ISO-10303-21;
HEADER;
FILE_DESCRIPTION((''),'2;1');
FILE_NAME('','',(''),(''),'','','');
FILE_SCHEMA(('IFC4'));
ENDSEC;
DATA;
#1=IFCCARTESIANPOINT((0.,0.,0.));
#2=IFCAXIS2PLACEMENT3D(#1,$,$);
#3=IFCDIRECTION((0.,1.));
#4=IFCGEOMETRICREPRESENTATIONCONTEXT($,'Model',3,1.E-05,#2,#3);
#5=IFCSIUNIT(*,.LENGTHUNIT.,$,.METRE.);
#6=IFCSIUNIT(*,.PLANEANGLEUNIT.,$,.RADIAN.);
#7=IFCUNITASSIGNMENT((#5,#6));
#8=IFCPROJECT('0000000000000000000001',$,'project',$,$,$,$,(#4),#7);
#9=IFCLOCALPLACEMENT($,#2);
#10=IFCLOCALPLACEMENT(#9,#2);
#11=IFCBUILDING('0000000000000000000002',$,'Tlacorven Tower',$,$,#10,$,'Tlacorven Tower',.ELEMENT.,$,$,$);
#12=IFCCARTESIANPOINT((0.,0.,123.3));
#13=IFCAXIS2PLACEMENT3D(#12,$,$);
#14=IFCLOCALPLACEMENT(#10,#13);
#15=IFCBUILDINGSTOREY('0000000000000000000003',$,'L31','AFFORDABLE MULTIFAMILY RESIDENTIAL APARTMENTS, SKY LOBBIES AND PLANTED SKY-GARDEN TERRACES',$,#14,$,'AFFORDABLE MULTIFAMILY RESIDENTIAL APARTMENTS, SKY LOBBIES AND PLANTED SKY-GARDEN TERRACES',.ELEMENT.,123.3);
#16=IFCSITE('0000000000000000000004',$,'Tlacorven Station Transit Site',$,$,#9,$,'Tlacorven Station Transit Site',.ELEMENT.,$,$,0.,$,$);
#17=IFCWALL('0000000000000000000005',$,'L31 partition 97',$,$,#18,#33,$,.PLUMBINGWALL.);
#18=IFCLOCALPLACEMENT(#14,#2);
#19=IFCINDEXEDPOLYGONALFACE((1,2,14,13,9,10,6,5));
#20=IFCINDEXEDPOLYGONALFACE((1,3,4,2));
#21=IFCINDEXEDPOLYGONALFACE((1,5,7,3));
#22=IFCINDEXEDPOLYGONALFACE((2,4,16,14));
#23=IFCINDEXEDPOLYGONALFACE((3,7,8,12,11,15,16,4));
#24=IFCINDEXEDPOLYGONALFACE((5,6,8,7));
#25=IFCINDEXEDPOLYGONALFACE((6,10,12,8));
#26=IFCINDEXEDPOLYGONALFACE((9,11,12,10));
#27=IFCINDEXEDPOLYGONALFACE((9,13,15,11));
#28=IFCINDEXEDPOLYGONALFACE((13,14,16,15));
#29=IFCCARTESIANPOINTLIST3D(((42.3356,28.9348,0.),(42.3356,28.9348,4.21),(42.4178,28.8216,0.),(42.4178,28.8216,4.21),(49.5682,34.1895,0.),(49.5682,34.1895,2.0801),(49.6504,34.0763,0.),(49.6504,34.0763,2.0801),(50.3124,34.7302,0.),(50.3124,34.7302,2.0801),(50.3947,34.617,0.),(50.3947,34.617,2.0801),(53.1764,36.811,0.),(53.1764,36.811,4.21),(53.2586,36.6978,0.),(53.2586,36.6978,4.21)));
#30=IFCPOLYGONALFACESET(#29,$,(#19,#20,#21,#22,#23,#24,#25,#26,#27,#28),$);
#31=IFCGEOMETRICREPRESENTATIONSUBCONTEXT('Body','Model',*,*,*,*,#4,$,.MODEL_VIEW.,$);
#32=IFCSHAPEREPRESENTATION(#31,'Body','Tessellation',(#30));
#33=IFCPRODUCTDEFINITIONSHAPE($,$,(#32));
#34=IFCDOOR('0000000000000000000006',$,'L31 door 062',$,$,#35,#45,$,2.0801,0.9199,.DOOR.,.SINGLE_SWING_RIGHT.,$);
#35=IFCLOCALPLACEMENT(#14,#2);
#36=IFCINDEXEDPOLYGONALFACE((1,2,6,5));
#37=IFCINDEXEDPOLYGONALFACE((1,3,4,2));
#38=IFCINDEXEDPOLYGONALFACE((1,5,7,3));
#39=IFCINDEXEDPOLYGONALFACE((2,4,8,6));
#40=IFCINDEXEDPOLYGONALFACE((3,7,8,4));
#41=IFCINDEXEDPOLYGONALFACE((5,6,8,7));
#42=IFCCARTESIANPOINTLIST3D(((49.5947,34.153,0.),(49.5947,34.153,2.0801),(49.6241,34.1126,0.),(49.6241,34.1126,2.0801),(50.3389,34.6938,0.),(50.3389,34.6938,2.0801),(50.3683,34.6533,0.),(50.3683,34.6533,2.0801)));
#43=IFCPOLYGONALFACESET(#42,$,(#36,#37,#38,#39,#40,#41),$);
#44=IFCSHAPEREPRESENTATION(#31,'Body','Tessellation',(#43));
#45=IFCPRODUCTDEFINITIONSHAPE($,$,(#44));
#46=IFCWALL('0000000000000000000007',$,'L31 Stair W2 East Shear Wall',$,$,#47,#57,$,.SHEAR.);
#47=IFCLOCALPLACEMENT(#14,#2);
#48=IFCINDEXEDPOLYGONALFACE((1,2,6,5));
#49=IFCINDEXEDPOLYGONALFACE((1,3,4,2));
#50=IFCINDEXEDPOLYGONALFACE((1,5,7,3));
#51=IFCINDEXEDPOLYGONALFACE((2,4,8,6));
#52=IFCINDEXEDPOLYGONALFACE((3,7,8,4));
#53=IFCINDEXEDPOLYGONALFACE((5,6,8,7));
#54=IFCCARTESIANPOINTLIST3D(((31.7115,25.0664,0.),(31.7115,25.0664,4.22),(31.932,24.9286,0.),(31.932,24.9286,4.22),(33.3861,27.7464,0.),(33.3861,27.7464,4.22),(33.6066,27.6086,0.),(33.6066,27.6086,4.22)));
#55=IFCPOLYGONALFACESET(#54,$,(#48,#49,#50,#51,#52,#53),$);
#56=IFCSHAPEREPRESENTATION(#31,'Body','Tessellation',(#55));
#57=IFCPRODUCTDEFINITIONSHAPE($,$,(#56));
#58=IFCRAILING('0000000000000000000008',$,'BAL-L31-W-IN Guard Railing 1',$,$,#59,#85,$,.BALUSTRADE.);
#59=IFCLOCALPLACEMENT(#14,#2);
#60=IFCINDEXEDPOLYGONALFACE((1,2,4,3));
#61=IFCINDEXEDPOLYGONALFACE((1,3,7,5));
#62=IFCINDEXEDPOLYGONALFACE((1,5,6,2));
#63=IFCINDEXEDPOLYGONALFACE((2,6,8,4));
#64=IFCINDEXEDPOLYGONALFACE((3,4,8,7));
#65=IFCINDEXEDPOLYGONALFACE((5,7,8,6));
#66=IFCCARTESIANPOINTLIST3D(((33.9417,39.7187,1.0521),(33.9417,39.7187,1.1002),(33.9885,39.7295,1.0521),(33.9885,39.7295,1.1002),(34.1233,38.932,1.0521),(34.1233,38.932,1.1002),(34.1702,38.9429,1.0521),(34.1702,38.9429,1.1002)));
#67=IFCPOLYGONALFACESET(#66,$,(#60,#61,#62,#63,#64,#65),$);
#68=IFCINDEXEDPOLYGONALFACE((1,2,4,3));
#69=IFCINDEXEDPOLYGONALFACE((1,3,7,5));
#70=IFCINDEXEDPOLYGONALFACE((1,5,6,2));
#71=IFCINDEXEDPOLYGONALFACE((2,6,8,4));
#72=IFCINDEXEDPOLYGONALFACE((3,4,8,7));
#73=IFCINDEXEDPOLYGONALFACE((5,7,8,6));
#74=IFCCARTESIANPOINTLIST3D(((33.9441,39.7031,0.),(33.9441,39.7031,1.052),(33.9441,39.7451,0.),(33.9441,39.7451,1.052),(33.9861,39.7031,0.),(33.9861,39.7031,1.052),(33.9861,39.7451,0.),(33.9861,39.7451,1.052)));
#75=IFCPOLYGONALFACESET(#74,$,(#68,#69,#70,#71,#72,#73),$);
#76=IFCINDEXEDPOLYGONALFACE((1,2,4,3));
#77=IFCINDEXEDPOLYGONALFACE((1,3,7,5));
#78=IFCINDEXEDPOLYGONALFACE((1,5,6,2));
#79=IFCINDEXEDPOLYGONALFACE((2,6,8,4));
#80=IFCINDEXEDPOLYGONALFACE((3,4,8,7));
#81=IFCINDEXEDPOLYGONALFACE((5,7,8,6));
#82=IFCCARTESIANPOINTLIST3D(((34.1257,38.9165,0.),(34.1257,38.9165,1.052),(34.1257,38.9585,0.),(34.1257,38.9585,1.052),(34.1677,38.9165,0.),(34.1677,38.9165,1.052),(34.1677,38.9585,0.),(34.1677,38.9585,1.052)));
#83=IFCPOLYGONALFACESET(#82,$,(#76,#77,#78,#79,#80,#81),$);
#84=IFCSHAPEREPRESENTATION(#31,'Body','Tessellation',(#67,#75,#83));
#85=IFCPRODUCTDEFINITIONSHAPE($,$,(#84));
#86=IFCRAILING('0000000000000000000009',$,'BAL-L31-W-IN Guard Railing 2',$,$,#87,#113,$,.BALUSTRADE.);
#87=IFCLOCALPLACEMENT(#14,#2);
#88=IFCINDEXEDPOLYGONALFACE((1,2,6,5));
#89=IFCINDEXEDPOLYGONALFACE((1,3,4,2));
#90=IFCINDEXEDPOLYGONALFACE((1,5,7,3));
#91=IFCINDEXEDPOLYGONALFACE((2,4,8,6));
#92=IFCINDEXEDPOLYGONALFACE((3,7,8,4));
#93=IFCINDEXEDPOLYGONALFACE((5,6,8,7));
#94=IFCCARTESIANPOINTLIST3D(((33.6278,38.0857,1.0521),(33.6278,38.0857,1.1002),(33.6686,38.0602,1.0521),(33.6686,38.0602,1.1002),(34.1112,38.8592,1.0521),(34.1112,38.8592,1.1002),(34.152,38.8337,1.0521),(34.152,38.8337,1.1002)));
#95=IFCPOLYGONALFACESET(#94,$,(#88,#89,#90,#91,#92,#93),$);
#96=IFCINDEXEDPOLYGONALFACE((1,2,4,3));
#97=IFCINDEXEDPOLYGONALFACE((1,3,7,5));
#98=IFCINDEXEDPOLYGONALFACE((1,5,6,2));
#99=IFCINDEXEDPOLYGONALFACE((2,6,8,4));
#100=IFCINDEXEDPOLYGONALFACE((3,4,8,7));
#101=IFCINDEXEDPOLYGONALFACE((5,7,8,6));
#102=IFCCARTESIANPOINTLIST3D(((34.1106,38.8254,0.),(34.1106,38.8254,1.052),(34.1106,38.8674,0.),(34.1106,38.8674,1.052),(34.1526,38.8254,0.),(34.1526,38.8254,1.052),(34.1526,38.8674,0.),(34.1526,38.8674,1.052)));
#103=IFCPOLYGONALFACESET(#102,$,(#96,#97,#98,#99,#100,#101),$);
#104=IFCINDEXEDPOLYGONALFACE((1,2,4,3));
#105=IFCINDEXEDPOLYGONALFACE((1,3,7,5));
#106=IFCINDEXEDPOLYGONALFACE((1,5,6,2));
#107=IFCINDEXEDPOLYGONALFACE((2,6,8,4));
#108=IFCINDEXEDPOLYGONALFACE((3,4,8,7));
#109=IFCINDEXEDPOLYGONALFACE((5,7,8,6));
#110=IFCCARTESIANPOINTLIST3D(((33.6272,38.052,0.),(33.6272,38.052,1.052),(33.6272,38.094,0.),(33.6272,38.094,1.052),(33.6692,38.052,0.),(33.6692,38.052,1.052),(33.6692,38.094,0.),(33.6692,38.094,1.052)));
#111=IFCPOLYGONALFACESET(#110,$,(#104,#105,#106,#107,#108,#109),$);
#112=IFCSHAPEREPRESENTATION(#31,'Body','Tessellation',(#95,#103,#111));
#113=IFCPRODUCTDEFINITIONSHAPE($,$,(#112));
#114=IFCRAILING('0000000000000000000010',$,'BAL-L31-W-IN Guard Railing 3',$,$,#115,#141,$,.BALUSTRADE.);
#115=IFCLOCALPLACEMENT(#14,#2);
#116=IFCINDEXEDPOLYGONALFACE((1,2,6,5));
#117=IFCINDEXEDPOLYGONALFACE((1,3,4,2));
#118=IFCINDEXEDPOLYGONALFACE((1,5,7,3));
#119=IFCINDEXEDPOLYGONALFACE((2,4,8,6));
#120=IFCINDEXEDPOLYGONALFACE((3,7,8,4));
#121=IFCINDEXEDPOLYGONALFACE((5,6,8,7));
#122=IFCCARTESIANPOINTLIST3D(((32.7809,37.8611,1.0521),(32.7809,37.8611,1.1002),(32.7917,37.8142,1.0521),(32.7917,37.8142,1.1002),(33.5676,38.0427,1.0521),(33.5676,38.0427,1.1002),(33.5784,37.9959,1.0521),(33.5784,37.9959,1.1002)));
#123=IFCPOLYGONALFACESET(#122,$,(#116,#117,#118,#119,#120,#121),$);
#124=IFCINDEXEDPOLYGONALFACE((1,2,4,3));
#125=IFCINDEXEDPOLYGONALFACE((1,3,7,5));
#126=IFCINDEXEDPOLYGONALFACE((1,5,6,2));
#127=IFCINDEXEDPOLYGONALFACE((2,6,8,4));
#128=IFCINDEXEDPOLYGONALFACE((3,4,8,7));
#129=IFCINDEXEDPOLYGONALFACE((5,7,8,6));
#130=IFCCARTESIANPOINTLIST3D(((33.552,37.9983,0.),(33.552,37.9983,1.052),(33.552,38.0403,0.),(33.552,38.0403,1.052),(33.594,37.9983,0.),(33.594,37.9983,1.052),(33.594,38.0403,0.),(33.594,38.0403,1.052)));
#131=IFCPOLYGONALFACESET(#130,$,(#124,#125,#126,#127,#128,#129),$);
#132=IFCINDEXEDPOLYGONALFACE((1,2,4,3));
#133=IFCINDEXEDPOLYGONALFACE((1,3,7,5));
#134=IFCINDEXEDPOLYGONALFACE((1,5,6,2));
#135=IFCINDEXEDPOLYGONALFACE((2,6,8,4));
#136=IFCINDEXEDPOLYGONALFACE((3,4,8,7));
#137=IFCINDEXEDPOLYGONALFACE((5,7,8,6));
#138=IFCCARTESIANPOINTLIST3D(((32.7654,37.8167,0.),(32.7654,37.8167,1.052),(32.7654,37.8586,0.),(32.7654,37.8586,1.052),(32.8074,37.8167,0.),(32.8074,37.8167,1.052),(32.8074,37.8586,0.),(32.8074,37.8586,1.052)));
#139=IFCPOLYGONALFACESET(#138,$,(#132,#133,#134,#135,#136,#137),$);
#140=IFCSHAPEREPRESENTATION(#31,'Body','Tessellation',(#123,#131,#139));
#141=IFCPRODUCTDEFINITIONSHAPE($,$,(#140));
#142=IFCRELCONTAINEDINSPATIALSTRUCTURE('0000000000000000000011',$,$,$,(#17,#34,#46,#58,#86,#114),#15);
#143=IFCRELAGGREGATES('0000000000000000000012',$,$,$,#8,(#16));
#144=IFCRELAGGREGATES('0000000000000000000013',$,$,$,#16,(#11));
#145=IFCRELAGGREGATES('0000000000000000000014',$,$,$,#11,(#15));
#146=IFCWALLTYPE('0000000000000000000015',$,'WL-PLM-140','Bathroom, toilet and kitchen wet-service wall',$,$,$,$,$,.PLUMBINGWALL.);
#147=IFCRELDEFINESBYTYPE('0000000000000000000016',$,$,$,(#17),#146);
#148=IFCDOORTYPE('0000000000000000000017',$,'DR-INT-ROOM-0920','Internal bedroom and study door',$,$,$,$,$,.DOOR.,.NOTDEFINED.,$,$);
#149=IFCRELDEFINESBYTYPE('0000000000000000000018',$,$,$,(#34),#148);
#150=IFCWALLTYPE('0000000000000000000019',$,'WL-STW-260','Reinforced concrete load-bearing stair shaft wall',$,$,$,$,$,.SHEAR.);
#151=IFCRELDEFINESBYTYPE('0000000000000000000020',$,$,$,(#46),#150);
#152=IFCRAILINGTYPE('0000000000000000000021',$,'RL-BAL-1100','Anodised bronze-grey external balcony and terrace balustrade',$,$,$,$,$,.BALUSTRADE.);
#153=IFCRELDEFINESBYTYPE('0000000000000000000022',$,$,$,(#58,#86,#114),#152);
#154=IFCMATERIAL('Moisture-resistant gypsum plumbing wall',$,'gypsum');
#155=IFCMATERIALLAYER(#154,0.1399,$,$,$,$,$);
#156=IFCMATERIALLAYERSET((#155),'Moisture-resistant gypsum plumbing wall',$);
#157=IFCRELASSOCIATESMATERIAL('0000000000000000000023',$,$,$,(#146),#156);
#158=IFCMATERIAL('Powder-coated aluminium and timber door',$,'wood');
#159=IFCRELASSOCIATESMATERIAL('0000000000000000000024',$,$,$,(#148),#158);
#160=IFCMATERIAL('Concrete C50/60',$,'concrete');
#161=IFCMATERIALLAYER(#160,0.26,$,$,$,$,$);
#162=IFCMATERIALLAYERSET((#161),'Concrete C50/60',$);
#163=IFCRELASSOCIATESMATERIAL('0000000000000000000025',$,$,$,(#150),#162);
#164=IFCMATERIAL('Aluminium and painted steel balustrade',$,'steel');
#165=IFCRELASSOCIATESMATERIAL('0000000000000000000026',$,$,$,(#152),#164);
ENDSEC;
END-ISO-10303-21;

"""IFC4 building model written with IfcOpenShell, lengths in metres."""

from ifc_helpers import new_model, si_unit, direction, frame, frame_2d, origin, origin_2d, place, context, subcontext, project, spatial, rectangle, extrude, source, transform, mapped, material, layer, layer_set, type_object, element, fill, save


model = new_model("IFC4")

# Units and contexts
model_context = context("Model", 3, precision=1e-05, world=origin(), true_north=direction((0.0, 1.0)))
body_context = subcontext(model_context, "Body", "Model", "MODEL_VIEW")
ifc_project = project(units=[si_unit("LENGTHUNIT", "METRE"), si_unit("PLANEANGLEUNIT", "RADIAN")], contexts=[model_context])

# Site, building, storey
site_placement = place(None, origin())
site = spatial("IfcSite", under=ifc_project, at=site_placement, Name="Tlacorven Station Transit Site", LongName="Tlacorven Station Transit Site", CompositionType="ELEMENT", RefElevation=0.0)
building_placement = place(site_placement, origin())
building = spatial("IfcBuilding", under=site, at=building_placement, Name="Tlacorven Tower", LongName="Tlacorven Tower", CompositionType="ELEMENT")
storey_placement = place(building_placement, frame((0.0, 0.0, 123.3)))
storey = spatial("IfcBuildingStorey", under=building, at=storey_placement, Name="L31", Description="AFFORDABLE MULTIFAMILY RESIDENTIAL APARTMENTS, SKY LOBBIES AND PLANTED SKY-GARDEN TERRACES", LongName="AFFORDABLE MULTIFAMILY RESIDENTIAL APARTMENTS, SKY LOBBIES AND PLANTED SKY-GARDEN TERRACES", CompositionType="ELEMENT", Elevation=123.3)

# Shared definitions
ifc_material_1 = material(Name="Powder-coated aluminium and timber door", Category="wood")

# Wall, opening, door
ifc_material_2 = material(Name="Moisture-resistant gypsum plumbing wall", Category="gypsum")
ifc_layer_1 = layer(ifc_material_2, 0.1399)
ifc_layer_set_1 = layer_set([ifc_layer_1], Name="Moisture-resistant gypsum plumbing wall")
wall_type_1 = type_object("IfcWallType", Name="WL-PLM-140", Description="Bathroom, toilet and kitchen wet-service wall", PredefinedType="PLUMBINGWALL", material=ifc_layer_set_1)
door_type_1 = type_object("IfcDoorType", Name="DR-INT-ROOM-0920", Description="Internal bedroom and study door", OperationType="NOTDEFINED", PredefinedType="DOOR", material=ifc_material_1)
shared_shape_1 = source(origin(), body_context, "Body", "SweptSolid", [
    extrude(rectangle(XDim=0.9199, YDim=2.0801, at=frame_2d((0.46, 1.04))), frame((0.0, 0.0249, 0.0), z_axis=(0.0, -1.0, 0.0), x_axis=(1.0, 0.0, 0.0)), (0.0, 0.0, 1.0), 0.05),
])
wall_1_placement = place(storey_placement, frame((42.3767, 28.8782, 0.0), z_axis=(0.0, 0.0, 1.0), x_axis=(0.80902, 0.587781, 0.0)))
wall_1 = element("IfcWall", 1, at=wall_1_placement, inside=storey, type_object=wall_type_1, Name="L31 partition 97", PredefinedType="PLUMBINGWALL", context=body_context, shape_type="SweptSolid", body=[
    extrude(rectangle(XDim=13.3999, YDim=0.1399, at=frame_2d((6.7, 0.0))), origin(), (0.0, 0.0, 1.0), 4.21),
])
opening_1_placement = place(wall_1_placement, frame((8.9399, 0.0, 0.0)))
opening_1 = element("IfcOpeningElement", 2, at=opening_1_placement, cuts=wall_1, PredefinedType="OPENING", context=body_context, shape_type="SweptSolid", body=[
    extrude(rectangle(XDim=0.9199, YDim=2.0801, at=frame_2d((0.46, 1.04))), frame((0.0, 0.0801, 0.0), z_axis=(0.0, -1.0, 0.0), x_axis=(1.0, 0.0, 0.0)), (0.0, 0.0, 1.0), 0.1599),
])
door_1_placement = place(opening_1_placement, origin())
door_1 = element("IfcDoor", 3, at=door_1_placement, inside=storey, type_object=door_type_1, Name="L31 door 062", OperationType="SINGLE_SWING_RIGHT", OverallHeight=2.0801, OverallWidth=0.9199, PredefinedType="DOOR", context=body_context, shape_type="MappedRepresentation", body=[
    mapped(shared_shape_1, transform((0.0, 0.0, 0.0), scale=1.0)),
])
fill(opening_1, door_1)

# Wall
ifc_material_3 = material(Name="Concrete C50/60", Category="concrete")
ifc_layer_2 = layer(ifc_material_3, 0.26)
ifc_layer_set_2 = layer_set([ifc_layer_2], Name="Concrete C50/60")
wall_type_2 = type_object("IfcWallType", Name="WL-STW-260", Description="Reinforced concrete load-bearing stair shaft wall", PredefinedType="SHEAR", material=ifc_layer_set_2)
wall_2_placement = place(storey_placement, frame((33.4963, 27.6775, 0.0), z_axis=(0.0, 0.0, 1.0), x_axis=(-0.529909, -0.848055, 0.0)))
element("IfcWall", 4, at=wall_2_placement, inside=storey, type_object=wall_type_2, Name="L31 Stair W2 East Shear Wall", PredefinedType="SHEAR", context=body_context, shape_type="SweptSolid", body=[
    extrude(rectangle(XDim=3.1602, YDim=0.26, at=frame_2d((1.5801, 0.0))), origin(), (0.0, 0.0, 1.0), 4.22),
])

# Railings
ifc_material_4 = material(Name="Aluminium and painted steel balustrade", Category="steel")
railing_type = type_object("IfcRailingType", Name="RL-BAL-1100", Description="Anodised bronze-grey external balcony and terrace balustrade", PredefinedType="BALUSTRADE", material=ifc_material_4)
shared_shape_2 = source(origin(), body_context, "Body", "SweptSolid", [
    extrude(rectangle(XDim=0.0481, YDim=0.0481, at=origin_2d()), frame((0.0, 0.0, 1.0762), z_axis=(0.224992, -0.974361, 0.0), x_axis=(0.974361, 0.224992, 0.0)), (0.0, 0.0, 1.0), 0.8074),
    extrude(rectangle(XDim=0.042, YDim=0.042, at=origin_2d()), origin(), (0.0, 0.0, 1.0), 1.052),
    extrude(rectangle(XDim=0.042, YDim=0.042, at=origin_2d()), frame((0.1816, -0.7866, 0.0)), (0.0, 0.0, 1.0), 1.052),
])
railing_1_placement = place(storey_placement, frame((33.9651, 39.7241, 0.0)))
element("IfcRailing", 5, at=railing_1_placement, inside=storey, type_object=railing_type, Name="BAL-L31-W-IN Guard Railing 1", PredefinedType="BALUSTRADE", context=body_context, shape_type="MappedRepresentation", body=[
    mapped(shared_shape_2, transform((0.0, 0.0, 0.0), scale=1.0)),
])
shared_shape_3 = source(origin(), body_context, "Body", "SweptSolid", [
    extrude(rectangle(XDim=0.0481, YDim=0.0481, at=origin_2d()), frame((0.0, 0.0, 1.0762), z_axis=(-0.529999, -0.847998, 0.0), x_axis=(0.847998, -0.529999, 0.0)), (0.0, 0.0, 1.0), 0.9121),
    extrude(rectangle(XDim=0.042, YDim=0.042, at=origin_2d()), origin(), (0.0, 0.0, 1.0), 1.052),
    extrude(rectangle(XDim=0.042, YDim=0.042, at=origin_2d()), frame((-0.4834, -0.7734, 0.0)), (0.0, 0.0, 1.0), 1.052),
])
railing_2_placement = place(storey_placement, frame((34.1316, 38.8464, 0.0)))
element("IfcRailing", 6, at=railing_2_placement, inside=storey, type_object=railing_type, Name="BAL-L31-W-IN Guard Railing 2", PredefinedType="BALUSTRADE", context=body_context, shape_type="MappedRepresentation", body=[
    mapped(shared_shape_3, transform((0.0, 0.0, 0.0), scale=1.0)),
])
shared_shape_4 = source(origin(), body_context, "Body", "SweptSolid", [
    extrude(rectangle(XDim=0.0481, YDim=0.0481, at=origin_2d()), frame((0.0, 0.0, 1.0762), z_axis=(-0.974361, -0.224992, 0.0), x_axis=(0.224992, -0.974361, 0.0)), (0.0, 0.0, 1.0), 0.8074),
    extrude(rectangle(XDim=0.042, YDim=0.042, at=origin_2d()), origin(), (0.0, 0.0, 1.0), 1.052),
    extrude(rectangle(XDim=0.042, YDim=0.042, at=origin_2d()), frame((-0.7866, -0.1816, 0.0)), (0.0, 0.0, 1.0), 1.052),
])
railing_3_placement = place(storey_placement, frame((33.573, 38.0193, 0.0)))
element("IfcRailing", 7, at=railing_3_placement, inside=storey, type_object=railing_type, Name="BAL-L31-W-IN Guard Railing 3", PredefinedType="BALUSTRADE", context=body_context, shape_type="MappedRepresentation", body=[
    mapped(shared_shape_4, transform((0.0, 0.0, 0.0), scale=1.0)),
])

save(model, "model.ifc")
